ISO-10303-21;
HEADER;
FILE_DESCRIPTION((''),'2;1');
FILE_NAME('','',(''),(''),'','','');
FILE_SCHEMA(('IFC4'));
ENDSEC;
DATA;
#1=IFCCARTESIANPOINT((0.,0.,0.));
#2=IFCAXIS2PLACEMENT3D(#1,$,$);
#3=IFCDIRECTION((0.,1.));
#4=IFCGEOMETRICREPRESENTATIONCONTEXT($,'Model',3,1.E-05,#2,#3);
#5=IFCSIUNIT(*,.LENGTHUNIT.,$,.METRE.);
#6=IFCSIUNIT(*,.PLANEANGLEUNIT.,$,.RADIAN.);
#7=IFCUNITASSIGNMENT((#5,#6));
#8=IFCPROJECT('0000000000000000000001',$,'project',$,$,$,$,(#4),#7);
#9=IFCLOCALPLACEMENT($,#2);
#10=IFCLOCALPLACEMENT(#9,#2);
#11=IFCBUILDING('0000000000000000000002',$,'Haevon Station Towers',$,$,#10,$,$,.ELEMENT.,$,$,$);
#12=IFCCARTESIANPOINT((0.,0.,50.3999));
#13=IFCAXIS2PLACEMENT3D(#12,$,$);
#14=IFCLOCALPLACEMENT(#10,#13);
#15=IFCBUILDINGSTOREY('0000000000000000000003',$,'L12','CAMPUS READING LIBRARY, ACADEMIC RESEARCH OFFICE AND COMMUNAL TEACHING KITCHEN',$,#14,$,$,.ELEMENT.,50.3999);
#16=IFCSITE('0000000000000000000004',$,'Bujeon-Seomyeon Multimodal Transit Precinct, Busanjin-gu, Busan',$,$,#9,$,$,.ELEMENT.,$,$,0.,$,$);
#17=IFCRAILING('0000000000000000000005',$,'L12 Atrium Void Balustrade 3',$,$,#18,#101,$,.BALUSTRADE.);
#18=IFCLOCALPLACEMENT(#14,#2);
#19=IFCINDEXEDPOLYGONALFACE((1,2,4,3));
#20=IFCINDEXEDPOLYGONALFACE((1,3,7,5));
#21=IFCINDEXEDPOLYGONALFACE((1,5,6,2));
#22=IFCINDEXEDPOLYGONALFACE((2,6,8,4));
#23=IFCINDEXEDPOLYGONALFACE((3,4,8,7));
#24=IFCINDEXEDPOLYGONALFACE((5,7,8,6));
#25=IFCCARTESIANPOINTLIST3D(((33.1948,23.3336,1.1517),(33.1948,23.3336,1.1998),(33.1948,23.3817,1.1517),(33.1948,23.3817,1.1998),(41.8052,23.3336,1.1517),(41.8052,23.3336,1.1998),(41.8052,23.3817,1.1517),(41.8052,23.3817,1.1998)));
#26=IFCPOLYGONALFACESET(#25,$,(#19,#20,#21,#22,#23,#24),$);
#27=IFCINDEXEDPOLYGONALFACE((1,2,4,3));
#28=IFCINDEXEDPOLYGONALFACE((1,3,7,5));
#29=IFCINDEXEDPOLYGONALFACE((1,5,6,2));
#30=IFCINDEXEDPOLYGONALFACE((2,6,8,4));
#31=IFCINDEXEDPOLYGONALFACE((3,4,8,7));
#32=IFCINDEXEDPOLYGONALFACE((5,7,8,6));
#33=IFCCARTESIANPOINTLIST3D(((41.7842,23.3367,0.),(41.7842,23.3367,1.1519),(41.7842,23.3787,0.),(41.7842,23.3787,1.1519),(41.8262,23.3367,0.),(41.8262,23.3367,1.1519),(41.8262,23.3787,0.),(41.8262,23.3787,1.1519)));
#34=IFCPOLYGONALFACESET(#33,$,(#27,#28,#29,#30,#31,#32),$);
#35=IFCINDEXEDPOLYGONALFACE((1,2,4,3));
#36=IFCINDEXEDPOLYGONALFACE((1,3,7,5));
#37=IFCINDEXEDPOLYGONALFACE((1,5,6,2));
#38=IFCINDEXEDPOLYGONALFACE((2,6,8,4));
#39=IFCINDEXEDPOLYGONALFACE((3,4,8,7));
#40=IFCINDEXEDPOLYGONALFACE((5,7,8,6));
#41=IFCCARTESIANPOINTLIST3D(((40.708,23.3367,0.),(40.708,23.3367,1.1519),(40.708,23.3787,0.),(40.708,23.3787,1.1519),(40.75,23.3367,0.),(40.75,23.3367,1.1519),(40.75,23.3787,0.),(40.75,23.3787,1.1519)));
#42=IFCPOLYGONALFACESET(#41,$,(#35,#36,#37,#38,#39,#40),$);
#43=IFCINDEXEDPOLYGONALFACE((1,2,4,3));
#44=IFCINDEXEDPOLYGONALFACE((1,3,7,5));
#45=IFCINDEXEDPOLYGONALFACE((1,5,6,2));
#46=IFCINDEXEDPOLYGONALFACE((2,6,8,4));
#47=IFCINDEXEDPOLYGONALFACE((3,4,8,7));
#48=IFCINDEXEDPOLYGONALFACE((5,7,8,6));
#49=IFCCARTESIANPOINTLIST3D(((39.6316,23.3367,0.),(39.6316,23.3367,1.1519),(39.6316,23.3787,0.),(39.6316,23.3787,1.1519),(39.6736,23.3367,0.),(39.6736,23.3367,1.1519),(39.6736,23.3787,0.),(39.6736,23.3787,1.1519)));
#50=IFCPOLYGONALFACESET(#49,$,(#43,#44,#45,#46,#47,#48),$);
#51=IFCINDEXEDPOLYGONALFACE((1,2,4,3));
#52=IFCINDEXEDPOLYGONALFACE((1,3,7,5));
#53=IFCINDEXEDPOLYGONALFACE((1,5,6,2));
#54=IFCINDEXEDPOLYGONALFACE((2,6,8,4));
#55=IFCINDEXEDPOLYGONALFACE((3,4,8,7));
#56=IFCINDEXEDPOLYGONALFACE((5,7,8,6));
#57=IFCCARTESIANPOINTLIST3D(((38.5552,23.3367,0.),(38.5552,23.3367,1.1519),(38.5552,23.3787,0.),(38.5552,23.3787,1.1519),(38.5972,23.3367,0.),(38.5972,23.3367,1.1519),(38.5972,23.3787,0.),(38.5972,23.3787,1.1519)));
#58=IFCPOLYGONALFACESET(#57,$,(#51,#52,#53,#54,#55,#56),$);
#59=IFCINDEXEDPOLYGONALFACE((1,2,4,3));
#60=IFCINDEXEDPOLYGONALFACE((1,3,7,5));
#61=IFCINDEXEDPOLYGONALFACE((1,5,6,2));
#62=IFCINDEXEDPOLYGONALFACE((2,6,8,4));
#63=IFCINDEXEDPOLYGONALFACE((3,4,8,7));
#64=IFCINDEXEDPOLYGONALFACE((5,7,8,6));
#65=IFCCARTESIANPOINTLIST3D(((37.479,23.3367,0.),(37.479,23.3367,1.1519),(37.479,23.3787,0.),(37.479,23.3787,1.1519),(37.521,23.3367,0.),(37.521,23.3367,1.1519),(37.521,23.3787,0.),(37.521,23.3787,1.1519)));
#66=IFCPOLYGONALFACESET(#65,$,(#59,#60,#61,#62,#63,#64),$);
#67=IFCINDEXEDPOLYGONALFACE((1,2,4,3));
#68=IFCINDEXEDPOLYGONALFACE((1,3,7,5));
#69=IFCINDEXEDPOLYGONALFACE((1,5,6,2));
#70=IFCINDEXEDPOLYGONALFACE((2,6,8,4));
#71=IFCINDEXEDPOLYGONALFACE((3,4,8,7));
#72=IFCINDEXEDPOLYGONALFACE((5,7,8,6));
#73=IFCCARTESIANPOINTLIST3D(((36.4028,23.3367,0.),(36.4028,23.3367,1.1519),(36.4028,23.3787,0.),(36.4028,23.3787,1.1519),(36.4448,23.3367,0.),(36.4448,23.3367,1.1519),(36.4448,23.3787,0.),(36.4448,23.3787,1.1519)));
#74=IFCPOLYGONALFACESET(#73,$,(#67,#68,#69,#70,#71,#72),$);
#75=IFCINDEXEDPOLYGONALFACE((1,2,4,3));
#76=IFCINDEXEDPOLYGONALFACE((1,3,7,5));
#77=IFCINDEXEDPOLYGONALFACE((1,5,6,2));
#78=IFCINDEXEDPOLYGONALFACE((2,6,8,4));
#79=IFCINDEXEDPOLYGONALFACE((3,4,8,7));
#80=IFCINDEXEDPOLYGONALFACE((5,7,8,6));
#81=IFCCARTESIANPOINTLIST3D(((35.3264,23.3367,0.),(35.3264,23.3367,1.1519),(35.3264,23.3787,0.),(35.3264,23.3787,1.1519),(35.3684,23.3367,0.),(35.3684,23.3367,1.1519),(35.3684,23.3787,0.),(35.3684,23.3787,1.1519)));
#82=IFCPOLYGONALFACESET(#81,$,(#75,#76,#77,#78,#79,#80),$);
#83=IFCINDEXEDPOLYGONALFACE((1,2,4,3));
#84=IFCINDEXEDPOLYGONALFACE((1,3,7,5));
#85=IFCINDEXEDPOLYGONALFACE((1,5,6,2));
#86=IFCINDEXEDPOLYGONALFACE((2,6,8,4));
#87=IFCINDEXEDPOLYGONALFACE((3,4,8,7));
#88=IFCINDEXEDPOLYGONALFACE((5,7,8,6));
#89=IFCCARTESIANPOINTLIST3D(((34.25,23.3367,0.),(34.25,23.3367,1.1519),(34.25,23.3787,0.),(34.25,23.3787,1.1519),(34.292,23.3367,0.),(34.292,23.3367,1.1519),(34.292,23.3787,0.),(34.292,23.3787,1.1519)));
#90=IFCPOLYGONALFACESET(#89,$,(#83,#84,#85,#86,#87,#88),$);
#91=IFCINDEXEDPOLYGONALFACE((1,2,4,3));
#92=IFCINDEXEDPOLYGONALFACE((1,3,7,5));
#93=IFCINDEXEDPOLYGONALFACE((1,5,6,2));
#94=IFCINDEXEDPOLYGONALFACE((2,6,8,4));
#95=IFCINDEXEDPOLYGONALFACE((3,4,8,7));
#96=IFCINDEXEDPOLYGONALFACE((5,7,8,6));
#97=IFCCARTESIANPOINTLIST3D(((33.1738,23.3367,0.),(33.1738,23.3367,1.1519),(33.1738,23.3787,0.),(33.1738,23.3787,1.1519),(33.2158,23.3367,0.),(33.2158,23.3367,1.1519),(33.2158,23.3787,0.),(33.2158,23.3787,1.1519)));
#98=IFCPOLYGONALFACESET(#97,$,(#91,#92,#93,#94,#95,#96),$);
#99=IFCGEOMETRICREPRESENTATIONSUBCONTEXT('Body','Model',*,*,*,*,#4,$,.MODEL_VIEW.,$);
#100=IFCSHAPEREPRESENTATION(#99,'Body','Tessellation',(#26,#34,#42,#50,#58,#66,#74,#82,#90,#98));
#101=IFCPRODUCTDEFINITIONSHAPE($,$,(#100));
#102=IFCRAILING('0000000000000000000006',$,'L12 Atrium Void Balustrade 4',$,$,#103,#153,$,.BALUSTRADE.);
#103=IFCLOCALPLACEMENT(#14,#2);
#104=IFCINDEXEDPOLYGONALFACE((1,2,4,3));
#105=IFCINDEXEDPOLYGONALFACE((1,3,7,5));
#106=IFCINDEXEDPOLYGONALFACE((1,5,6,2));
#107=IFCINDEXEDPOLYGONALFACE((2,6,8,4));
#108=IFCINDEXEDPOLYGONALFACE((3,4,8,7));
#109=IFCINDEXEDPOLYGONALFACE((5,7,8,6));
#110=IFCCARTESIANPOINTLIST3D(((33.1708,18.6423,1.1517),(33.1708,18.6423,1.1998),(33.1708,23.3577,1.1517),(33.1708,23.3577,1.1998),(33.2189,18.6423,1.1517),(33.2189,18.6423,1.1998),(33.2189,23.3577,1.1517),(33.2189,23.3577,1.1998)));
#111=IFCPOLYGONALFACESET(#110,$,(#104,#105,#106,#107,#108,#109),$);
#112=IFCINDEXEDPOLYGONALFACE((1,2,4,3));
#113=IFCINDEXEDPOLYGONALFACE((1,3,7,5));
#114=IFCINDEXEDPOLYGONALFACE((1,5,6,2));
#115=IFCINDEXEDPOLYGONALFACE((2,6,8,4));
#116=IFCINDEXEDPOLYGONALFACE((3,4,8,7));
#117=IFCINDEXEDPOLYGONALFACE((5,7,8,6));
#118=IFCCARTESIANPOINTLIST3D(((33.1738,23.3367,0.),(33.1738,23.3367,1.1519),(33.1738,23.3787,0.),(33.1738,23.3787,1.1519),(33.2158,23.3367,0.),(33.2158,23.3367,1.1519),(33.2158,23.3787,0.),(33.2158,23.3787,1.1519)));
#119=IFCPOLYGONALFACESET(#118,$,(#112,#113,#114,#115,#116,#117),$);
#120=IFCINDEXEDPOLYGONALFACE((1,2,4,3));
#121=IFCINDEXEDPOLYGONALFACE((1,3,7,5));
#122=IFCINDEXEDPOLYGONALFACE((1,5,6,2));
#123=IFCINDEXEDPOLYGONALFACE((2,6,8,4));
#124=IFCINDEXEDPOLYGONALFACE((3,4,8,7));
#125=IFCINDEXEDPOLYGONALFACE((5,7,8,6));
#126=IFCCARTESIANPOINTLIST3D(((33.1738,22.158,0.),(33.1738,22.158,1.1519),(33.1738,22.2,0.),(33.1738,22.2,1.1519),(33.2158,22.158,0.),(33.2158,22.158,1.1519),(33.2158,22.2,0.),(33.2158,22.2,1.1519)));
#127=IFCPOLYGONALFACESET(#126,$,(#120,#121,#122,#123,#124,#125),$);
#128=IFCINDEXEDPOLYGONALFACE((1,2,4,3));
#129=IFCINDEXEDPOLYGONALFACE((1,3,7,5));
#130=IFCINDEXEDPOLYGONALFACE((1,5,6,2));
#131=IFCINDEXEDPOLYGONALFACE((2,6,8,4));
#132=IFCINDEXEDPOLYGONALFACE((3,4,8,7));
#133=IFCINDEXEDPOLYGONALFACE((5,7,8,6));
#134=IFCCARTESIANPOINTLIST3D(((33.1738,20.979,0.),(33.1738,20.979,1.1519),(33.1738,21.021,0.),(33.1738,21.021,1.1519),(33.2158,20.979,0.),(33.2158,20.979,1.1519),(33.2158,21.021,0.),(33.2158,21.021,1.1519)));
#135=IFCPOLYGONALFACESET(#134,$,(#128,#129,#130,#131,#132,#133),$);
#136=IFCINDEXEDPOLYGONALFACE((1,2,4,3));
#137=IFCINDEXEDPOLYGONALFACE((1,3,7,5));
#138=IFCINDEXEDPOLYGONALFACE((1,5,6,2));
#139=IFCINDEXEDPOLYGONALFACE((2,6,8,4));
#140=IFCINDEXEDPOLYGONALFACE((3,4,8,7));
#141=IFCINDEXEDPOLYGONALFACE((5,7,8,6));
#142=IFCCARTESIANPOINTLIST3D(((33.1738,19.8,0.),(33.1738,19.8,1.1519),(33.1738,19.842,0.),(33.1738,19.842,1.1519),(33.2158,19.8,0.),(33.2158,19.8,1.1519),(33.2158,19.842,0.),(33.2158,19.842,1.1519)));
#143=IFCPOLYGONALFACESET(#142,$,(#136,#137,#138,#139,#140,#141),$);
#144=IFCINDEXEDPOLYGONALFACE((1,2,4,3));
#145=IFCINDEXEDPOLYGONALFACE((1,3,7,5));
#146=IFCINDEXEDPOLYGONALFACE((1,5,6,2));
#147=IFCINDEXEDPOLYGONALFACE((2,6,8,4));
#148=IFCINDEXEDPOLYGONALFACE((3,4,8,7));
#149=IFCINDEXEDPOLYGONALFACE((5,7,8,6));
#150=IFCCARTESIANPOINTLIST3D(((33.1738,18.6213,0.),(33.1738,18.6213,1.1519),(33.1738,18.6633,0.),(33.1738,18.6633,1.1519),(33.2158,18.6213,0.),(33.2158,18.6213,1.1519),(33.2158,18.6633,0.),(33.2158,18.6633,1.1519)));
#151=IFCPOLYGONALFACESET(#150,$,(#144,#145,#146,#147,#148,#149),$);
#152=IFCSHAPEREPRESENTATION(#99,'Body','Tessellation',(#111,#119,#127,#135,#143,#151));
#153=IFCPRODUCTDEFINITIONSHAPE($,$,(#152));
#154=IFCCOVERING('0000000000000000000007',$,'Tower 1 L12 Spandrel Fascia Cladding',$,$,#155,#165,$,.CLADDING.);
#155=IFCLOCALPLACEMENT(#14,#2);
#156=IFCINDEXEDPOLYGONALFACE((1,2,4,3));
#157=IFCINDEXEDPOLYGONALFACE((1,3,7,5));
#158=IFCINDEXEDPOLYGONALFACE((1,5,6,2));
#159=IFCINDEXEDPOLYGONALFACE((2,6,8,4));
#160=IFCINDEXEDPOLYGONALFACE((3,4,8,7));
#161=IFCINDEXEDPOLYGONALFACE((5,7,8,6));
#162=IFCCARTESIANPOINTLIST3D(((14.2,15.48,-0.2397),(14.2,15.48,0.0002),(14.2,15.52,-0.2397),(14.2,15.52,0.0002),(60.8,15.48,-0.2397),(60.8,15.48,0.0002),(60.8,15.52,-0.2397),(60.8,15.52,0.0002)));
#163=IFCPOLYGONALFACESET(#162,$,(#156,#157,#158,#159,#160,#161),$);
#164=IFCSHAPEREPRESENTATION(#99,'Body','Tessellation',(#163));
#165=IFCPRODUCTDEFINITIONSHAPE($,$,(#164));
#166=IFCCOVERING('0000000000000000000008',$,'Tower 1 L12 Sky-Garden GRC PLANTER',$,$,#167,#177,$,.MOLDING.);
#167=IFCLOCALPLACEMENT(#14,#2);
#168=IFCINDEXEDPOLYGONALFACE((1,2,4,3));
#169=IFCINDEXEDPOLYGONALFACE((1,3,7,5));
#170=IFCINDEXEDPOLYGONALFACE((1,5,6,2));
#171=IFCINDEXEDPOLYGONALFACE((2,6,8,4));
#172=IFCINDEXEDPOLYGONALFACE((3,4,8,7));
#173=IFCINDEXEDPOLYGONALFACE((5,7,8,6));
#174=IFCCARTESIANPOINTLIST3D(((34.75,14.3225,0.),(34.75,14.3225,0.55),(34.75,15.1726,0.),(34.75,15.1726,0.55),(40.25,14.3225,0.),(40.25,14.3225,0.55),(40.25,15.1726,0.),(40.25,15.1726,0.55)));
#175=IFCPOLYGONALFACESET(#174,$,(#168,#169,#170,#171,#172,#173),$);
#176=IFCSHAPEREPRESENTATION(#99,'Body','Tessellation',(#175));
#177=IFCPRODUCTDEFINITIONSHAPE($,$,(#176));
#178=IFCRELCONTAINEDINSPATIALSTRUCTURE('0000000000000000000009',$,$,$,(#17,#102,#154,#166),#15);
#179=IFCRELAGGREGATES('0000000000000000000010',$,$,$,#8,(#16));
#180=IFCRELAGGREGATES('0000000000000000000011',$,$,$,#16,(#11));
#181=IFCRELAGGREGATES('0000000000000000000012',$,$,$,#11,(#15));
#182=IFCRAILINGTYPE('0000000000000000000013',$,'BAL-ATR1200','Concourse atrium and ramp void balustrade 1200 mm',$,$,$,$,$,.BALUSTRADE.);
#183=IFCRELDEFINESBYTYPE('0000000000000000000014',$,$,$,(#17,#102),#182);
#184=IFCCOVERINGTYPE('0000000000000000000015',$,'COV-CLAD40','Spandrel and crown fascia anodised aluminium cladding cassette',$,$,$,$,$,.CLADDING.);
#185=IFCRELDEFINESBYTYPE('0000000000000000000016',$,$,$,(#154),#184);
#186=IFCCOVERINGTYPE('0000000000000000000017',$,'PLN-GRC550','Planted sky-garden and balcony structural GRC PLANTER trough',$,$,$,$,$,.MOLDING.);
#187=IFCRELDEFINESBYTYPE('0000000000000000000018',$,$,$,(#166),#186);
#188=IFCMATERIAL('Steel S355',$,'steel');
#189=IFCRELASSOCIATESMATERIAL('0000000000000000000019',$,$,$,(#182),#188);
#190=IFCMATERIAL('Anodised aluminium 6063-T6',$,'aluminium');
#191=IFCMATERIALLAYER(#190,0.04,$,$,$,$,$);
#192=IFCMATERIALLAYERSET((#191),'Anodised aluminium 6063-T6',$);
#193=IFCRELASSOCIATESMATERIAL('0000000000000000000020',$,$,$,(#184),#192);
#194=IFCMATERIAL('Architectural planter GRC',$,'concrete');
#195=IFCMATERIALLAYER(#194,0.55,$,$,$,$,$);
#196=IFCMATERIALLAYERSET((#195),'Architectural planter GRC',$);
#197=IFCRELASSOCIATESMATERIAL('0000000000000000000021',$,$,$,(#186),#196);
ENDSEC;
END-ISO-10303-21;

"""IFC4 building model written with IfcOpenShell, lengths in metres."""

from ifc_helpers import new_model, si_unit, direction, frame, origin, origin_2d, place, context, subcontext, project, spatial, rectangle, extrude, material, layer, layer_set, type_object, element, save


model = new_model("IFC4")

# Units and contexts
model_context = context("Model", 3, precision=1e-05, world=origin(), true_north=direction((0.0, 1.0)))
body_context = subcontext(model_context, "Body", "Model", "MODEL_VIEW")
ifc_project = project(units=[si_unit("LENGTHUNIT", "METRE"), si_unit("PLANEANGLEUNIT", "RADIAN")], contexts=[model_context])

# Site, building, storey
site_placement = place(None, origin())
site = spatial("IfcSite", under=ifc_project, at=site_placement, Name="Bujeon-Seomyeon Multimodal Transit Precinct, Busanjin-gu, Busan", CompositionType="ELEMENT", RefElevation=0.0)
building_placement = place(site_placement, origin())
building = spatial("IfcBuilding", under=site, at=building_placement, Name="Haevon Station Towers", CompositionType="ELEMENT")
storey_placement = place(building_placement, frame((0.0, 0.0, 50.3999)))
storey = spatial("IfcBuildingStorey", under=building, at=storey_placement, Name="L12", Description="CAMPUS READING LIBRARY, ACADEMIC RESEARCH OFFICE AND COMMUNAL TEACHING KITCHEN", CompositionType="ELEMENT", Elevation=50.3999)

# Shared definitions
ifc_material_1 = material(Name="Steel S355", Category="steel")

# Railings
railing_type = type_object("IfcRailingType", Name="BAL-ATR1200", Description="Concourse atrium and ramp void balustrade 1200 mm", PredefinedType="BALUSTRADE", material=ifc_material_1)
railing_1_placement = place(storey_placement, frame((41.8052, 23.3577, 0.0)))
element("IfcRailing", 1, at=railing_1_placement, inside=storey, type_object=railing_type, Name="L12 Atrium Void Balustrade 3", PredefinedType="BALUSTRADE", context=body_context, shape_type="SweptSolid", body=[
    extrude(rectangle(XDim=0.0481, YDim=0.0481, at=origin_2d()), frame((0.0, 0.0, 1.1758), z_axis=(-1.0, 0.0, 0.0), x_axis=(0.0, -1.0, 0.0)), (0.0, 0.0, 1.0), 8.6104),
    extrude(rectangle(XDim=0.042, YDim=0.042, at=origin_2d()), origin(), (0.0, 0.0, 1.0), 1.1519),
    extrude(rectangle(XDim=0.042, YDim=0.042, at=origin_2d()), frame((-1.0762, 0.0, 0.0)), (0.0, 0.0, 1.0), 1.1519),
    extrude(rectangle(XDim=0.042, YDim=0.042, at=origin_2d()), frame((-2.1526, 0.0, 0.0)), (0.0, 0.0, 1.0), 1.1519),
    extrude(rectangle(XDim=0.042, YDim=0.042, at=origin_2d()), frame((-3.229, 0.0, 0.0)), (0.0, 0.0, 1.0), 1.1519),
    extrude(rectangle(XDim=0.042, YDim=0.042, at=origin_2d()), frame((-4.3052, 0.0, 0.0)), (0.0, 0.0, 1.0), 1.1519),
    extrude(rectangle(XDim=0.042, YDim=0.042, at=origin_2d()), frame((-5.3813, 0.0, 0.0)), (0.0, 0.0, 1.0), 1.1519),
    extrude(rectangle(XDim=0.042, YDim=0.042, at=origin_2d()), frame((-6.4578, 0.0, 0.0)), (0.0, 0.0, 1.0), 1.1519),
    extrude(rectangle(XDim=0.042, YDim=0.042, at=origin_2d()), frame((-7.5342, 0.0, 0.0)), (0.0, 0.0, 1.0), 1.1519),
    extrude(rectangle(XDim=0.042, YDim=0.042, at=origin_2d()), frame((-8.6104, 0.0, 0.0)), (0.0, 0.0, 1.0), 1.1519),
])
railing_2_placement = place(storey_placement, frame((33.1948, 23.3577, 0.0)))
element("IfcRailing", 2, at=railing_2_placement, inside=storey, type_object=railing_type, Name="L12 Atrium Void Balustrade 4", PredefinedType="BALUSTRADE", context=body_context, shape_type="SweptSolid", body=[
    extrude(rectangle(XDim=0.0481, YDim=0.0481, at=origin_2d()), frame((0.0, 0.0, 1.1758), z_axis=(0.0, -1.0, 0.0), x_axis=(1.0, 0.0, 0.0)), (0.0, 0.0, 1.0), 4.7153),
    extrude(rectangle(XDim=0.042, YDim=0.042, at=origin_2d()), origin(), (0.0, 0.0, 1.0), 1.1519),
    extrude(rectangle(XDim=0.042, YDim=0.042, at=origin_2d()), frame((0.0, -1.1787, 0.0)), (0.0, 0.0, 1.0), 1.1519),
    extrude(rectangle(XDim=0.042, YDim=0.042, at=origin_2d()), frame((0.0, -2.3577, 0.0)), (0.0, 0.0, 1.0), 1.1519),
    extrude(rectangle(XDim=0.042, YDim=0.042, at=origin_2d()), frame((0.0, -3.5366, 0.0)), (0.0, 0.0, 1.0), 1.1519),
    extrude(rectangle(XDim=0.042, YDim=0.042, at=origin_2d()), frame((0.0, -4.7153, 0.0)), (0.0, 0.0, 1.0), 1.1519),
])

# Coverings
ifc_material_2 = material(Name="Anodised aluminium 6063-T6", Category="aluminium")
ifc_layer_1 = layer(ifc_material_2, 0.04)
ifc_layer_set_1 = layer_set([ifc_layer_1], Name="Anodised aluminium 6063-T6")
covering_type_1 = type_object("IfcCoveringType", Name="COV-CLAD40", Description="Spandrel and crown fascia anodised aluminium cladding cassette", PredefinedType="CLADDING", material=ifc_layer_set_1)
covering_1_placement = place(storey_placement, frame((37.5, 15.5, -0.2397), z_axis=(0.0, 0.0, 1.0), x_axis=(1.0, 0.0, 0.0)))
element("IfcCovering", 3, at=covering_1_placement, inside=storey, type_object=covering_type_1, Name="Tower 1 L12 Spandrel Fascia Cladding", PredefinedType="CLADDING", context=body_context, shape_type="SweptSolid", body=[
    extrude(rectangle(XDim=46.6001, YDim=0.04, at=origin_2d()), origin(), (0.0, 0.0, 1.0), 0.24),
])
ifc_material_3 = material(Name="Architectural planter GRC", Category="concrete")
ifc_layer_2 = layer(ifc_material_3, 0.55)
ifc_layer_set_2 = layer_set([ifc_layer_2], Name="Architectural planter GRC")
covering_type_2 = type_object("IfcCoveringType", Name="PLN-GRC550", Description="Planted sky-garden and balcony structural GRC PLANTER trough", PredefinedType="MOLDING", material=ifc_layer_set_2)
covering_2_placement = place(storey_placement, frame((37.5, 14.7476, 0.0), z_axis=(0.0, 0.0, 1.0), x_axis=(1.0, 0.0, 0.0)))
element("IfcCovering", 4, at=covering_2_placement, inside=storey, type_object=covering_type_2, Name="Tower 1 L12 Sky-Garden GRC PLANTER", PredefinedType="MOLDING", context=body_context, shape_type="SweptSolid", body=[
    extrude(rectangle(XDim=5.5, YDim=0.8501, at=origin_2d()), origin(), (0.0, 0.0, 1.0), 0.55),
])

save(model, "model.ifc")
